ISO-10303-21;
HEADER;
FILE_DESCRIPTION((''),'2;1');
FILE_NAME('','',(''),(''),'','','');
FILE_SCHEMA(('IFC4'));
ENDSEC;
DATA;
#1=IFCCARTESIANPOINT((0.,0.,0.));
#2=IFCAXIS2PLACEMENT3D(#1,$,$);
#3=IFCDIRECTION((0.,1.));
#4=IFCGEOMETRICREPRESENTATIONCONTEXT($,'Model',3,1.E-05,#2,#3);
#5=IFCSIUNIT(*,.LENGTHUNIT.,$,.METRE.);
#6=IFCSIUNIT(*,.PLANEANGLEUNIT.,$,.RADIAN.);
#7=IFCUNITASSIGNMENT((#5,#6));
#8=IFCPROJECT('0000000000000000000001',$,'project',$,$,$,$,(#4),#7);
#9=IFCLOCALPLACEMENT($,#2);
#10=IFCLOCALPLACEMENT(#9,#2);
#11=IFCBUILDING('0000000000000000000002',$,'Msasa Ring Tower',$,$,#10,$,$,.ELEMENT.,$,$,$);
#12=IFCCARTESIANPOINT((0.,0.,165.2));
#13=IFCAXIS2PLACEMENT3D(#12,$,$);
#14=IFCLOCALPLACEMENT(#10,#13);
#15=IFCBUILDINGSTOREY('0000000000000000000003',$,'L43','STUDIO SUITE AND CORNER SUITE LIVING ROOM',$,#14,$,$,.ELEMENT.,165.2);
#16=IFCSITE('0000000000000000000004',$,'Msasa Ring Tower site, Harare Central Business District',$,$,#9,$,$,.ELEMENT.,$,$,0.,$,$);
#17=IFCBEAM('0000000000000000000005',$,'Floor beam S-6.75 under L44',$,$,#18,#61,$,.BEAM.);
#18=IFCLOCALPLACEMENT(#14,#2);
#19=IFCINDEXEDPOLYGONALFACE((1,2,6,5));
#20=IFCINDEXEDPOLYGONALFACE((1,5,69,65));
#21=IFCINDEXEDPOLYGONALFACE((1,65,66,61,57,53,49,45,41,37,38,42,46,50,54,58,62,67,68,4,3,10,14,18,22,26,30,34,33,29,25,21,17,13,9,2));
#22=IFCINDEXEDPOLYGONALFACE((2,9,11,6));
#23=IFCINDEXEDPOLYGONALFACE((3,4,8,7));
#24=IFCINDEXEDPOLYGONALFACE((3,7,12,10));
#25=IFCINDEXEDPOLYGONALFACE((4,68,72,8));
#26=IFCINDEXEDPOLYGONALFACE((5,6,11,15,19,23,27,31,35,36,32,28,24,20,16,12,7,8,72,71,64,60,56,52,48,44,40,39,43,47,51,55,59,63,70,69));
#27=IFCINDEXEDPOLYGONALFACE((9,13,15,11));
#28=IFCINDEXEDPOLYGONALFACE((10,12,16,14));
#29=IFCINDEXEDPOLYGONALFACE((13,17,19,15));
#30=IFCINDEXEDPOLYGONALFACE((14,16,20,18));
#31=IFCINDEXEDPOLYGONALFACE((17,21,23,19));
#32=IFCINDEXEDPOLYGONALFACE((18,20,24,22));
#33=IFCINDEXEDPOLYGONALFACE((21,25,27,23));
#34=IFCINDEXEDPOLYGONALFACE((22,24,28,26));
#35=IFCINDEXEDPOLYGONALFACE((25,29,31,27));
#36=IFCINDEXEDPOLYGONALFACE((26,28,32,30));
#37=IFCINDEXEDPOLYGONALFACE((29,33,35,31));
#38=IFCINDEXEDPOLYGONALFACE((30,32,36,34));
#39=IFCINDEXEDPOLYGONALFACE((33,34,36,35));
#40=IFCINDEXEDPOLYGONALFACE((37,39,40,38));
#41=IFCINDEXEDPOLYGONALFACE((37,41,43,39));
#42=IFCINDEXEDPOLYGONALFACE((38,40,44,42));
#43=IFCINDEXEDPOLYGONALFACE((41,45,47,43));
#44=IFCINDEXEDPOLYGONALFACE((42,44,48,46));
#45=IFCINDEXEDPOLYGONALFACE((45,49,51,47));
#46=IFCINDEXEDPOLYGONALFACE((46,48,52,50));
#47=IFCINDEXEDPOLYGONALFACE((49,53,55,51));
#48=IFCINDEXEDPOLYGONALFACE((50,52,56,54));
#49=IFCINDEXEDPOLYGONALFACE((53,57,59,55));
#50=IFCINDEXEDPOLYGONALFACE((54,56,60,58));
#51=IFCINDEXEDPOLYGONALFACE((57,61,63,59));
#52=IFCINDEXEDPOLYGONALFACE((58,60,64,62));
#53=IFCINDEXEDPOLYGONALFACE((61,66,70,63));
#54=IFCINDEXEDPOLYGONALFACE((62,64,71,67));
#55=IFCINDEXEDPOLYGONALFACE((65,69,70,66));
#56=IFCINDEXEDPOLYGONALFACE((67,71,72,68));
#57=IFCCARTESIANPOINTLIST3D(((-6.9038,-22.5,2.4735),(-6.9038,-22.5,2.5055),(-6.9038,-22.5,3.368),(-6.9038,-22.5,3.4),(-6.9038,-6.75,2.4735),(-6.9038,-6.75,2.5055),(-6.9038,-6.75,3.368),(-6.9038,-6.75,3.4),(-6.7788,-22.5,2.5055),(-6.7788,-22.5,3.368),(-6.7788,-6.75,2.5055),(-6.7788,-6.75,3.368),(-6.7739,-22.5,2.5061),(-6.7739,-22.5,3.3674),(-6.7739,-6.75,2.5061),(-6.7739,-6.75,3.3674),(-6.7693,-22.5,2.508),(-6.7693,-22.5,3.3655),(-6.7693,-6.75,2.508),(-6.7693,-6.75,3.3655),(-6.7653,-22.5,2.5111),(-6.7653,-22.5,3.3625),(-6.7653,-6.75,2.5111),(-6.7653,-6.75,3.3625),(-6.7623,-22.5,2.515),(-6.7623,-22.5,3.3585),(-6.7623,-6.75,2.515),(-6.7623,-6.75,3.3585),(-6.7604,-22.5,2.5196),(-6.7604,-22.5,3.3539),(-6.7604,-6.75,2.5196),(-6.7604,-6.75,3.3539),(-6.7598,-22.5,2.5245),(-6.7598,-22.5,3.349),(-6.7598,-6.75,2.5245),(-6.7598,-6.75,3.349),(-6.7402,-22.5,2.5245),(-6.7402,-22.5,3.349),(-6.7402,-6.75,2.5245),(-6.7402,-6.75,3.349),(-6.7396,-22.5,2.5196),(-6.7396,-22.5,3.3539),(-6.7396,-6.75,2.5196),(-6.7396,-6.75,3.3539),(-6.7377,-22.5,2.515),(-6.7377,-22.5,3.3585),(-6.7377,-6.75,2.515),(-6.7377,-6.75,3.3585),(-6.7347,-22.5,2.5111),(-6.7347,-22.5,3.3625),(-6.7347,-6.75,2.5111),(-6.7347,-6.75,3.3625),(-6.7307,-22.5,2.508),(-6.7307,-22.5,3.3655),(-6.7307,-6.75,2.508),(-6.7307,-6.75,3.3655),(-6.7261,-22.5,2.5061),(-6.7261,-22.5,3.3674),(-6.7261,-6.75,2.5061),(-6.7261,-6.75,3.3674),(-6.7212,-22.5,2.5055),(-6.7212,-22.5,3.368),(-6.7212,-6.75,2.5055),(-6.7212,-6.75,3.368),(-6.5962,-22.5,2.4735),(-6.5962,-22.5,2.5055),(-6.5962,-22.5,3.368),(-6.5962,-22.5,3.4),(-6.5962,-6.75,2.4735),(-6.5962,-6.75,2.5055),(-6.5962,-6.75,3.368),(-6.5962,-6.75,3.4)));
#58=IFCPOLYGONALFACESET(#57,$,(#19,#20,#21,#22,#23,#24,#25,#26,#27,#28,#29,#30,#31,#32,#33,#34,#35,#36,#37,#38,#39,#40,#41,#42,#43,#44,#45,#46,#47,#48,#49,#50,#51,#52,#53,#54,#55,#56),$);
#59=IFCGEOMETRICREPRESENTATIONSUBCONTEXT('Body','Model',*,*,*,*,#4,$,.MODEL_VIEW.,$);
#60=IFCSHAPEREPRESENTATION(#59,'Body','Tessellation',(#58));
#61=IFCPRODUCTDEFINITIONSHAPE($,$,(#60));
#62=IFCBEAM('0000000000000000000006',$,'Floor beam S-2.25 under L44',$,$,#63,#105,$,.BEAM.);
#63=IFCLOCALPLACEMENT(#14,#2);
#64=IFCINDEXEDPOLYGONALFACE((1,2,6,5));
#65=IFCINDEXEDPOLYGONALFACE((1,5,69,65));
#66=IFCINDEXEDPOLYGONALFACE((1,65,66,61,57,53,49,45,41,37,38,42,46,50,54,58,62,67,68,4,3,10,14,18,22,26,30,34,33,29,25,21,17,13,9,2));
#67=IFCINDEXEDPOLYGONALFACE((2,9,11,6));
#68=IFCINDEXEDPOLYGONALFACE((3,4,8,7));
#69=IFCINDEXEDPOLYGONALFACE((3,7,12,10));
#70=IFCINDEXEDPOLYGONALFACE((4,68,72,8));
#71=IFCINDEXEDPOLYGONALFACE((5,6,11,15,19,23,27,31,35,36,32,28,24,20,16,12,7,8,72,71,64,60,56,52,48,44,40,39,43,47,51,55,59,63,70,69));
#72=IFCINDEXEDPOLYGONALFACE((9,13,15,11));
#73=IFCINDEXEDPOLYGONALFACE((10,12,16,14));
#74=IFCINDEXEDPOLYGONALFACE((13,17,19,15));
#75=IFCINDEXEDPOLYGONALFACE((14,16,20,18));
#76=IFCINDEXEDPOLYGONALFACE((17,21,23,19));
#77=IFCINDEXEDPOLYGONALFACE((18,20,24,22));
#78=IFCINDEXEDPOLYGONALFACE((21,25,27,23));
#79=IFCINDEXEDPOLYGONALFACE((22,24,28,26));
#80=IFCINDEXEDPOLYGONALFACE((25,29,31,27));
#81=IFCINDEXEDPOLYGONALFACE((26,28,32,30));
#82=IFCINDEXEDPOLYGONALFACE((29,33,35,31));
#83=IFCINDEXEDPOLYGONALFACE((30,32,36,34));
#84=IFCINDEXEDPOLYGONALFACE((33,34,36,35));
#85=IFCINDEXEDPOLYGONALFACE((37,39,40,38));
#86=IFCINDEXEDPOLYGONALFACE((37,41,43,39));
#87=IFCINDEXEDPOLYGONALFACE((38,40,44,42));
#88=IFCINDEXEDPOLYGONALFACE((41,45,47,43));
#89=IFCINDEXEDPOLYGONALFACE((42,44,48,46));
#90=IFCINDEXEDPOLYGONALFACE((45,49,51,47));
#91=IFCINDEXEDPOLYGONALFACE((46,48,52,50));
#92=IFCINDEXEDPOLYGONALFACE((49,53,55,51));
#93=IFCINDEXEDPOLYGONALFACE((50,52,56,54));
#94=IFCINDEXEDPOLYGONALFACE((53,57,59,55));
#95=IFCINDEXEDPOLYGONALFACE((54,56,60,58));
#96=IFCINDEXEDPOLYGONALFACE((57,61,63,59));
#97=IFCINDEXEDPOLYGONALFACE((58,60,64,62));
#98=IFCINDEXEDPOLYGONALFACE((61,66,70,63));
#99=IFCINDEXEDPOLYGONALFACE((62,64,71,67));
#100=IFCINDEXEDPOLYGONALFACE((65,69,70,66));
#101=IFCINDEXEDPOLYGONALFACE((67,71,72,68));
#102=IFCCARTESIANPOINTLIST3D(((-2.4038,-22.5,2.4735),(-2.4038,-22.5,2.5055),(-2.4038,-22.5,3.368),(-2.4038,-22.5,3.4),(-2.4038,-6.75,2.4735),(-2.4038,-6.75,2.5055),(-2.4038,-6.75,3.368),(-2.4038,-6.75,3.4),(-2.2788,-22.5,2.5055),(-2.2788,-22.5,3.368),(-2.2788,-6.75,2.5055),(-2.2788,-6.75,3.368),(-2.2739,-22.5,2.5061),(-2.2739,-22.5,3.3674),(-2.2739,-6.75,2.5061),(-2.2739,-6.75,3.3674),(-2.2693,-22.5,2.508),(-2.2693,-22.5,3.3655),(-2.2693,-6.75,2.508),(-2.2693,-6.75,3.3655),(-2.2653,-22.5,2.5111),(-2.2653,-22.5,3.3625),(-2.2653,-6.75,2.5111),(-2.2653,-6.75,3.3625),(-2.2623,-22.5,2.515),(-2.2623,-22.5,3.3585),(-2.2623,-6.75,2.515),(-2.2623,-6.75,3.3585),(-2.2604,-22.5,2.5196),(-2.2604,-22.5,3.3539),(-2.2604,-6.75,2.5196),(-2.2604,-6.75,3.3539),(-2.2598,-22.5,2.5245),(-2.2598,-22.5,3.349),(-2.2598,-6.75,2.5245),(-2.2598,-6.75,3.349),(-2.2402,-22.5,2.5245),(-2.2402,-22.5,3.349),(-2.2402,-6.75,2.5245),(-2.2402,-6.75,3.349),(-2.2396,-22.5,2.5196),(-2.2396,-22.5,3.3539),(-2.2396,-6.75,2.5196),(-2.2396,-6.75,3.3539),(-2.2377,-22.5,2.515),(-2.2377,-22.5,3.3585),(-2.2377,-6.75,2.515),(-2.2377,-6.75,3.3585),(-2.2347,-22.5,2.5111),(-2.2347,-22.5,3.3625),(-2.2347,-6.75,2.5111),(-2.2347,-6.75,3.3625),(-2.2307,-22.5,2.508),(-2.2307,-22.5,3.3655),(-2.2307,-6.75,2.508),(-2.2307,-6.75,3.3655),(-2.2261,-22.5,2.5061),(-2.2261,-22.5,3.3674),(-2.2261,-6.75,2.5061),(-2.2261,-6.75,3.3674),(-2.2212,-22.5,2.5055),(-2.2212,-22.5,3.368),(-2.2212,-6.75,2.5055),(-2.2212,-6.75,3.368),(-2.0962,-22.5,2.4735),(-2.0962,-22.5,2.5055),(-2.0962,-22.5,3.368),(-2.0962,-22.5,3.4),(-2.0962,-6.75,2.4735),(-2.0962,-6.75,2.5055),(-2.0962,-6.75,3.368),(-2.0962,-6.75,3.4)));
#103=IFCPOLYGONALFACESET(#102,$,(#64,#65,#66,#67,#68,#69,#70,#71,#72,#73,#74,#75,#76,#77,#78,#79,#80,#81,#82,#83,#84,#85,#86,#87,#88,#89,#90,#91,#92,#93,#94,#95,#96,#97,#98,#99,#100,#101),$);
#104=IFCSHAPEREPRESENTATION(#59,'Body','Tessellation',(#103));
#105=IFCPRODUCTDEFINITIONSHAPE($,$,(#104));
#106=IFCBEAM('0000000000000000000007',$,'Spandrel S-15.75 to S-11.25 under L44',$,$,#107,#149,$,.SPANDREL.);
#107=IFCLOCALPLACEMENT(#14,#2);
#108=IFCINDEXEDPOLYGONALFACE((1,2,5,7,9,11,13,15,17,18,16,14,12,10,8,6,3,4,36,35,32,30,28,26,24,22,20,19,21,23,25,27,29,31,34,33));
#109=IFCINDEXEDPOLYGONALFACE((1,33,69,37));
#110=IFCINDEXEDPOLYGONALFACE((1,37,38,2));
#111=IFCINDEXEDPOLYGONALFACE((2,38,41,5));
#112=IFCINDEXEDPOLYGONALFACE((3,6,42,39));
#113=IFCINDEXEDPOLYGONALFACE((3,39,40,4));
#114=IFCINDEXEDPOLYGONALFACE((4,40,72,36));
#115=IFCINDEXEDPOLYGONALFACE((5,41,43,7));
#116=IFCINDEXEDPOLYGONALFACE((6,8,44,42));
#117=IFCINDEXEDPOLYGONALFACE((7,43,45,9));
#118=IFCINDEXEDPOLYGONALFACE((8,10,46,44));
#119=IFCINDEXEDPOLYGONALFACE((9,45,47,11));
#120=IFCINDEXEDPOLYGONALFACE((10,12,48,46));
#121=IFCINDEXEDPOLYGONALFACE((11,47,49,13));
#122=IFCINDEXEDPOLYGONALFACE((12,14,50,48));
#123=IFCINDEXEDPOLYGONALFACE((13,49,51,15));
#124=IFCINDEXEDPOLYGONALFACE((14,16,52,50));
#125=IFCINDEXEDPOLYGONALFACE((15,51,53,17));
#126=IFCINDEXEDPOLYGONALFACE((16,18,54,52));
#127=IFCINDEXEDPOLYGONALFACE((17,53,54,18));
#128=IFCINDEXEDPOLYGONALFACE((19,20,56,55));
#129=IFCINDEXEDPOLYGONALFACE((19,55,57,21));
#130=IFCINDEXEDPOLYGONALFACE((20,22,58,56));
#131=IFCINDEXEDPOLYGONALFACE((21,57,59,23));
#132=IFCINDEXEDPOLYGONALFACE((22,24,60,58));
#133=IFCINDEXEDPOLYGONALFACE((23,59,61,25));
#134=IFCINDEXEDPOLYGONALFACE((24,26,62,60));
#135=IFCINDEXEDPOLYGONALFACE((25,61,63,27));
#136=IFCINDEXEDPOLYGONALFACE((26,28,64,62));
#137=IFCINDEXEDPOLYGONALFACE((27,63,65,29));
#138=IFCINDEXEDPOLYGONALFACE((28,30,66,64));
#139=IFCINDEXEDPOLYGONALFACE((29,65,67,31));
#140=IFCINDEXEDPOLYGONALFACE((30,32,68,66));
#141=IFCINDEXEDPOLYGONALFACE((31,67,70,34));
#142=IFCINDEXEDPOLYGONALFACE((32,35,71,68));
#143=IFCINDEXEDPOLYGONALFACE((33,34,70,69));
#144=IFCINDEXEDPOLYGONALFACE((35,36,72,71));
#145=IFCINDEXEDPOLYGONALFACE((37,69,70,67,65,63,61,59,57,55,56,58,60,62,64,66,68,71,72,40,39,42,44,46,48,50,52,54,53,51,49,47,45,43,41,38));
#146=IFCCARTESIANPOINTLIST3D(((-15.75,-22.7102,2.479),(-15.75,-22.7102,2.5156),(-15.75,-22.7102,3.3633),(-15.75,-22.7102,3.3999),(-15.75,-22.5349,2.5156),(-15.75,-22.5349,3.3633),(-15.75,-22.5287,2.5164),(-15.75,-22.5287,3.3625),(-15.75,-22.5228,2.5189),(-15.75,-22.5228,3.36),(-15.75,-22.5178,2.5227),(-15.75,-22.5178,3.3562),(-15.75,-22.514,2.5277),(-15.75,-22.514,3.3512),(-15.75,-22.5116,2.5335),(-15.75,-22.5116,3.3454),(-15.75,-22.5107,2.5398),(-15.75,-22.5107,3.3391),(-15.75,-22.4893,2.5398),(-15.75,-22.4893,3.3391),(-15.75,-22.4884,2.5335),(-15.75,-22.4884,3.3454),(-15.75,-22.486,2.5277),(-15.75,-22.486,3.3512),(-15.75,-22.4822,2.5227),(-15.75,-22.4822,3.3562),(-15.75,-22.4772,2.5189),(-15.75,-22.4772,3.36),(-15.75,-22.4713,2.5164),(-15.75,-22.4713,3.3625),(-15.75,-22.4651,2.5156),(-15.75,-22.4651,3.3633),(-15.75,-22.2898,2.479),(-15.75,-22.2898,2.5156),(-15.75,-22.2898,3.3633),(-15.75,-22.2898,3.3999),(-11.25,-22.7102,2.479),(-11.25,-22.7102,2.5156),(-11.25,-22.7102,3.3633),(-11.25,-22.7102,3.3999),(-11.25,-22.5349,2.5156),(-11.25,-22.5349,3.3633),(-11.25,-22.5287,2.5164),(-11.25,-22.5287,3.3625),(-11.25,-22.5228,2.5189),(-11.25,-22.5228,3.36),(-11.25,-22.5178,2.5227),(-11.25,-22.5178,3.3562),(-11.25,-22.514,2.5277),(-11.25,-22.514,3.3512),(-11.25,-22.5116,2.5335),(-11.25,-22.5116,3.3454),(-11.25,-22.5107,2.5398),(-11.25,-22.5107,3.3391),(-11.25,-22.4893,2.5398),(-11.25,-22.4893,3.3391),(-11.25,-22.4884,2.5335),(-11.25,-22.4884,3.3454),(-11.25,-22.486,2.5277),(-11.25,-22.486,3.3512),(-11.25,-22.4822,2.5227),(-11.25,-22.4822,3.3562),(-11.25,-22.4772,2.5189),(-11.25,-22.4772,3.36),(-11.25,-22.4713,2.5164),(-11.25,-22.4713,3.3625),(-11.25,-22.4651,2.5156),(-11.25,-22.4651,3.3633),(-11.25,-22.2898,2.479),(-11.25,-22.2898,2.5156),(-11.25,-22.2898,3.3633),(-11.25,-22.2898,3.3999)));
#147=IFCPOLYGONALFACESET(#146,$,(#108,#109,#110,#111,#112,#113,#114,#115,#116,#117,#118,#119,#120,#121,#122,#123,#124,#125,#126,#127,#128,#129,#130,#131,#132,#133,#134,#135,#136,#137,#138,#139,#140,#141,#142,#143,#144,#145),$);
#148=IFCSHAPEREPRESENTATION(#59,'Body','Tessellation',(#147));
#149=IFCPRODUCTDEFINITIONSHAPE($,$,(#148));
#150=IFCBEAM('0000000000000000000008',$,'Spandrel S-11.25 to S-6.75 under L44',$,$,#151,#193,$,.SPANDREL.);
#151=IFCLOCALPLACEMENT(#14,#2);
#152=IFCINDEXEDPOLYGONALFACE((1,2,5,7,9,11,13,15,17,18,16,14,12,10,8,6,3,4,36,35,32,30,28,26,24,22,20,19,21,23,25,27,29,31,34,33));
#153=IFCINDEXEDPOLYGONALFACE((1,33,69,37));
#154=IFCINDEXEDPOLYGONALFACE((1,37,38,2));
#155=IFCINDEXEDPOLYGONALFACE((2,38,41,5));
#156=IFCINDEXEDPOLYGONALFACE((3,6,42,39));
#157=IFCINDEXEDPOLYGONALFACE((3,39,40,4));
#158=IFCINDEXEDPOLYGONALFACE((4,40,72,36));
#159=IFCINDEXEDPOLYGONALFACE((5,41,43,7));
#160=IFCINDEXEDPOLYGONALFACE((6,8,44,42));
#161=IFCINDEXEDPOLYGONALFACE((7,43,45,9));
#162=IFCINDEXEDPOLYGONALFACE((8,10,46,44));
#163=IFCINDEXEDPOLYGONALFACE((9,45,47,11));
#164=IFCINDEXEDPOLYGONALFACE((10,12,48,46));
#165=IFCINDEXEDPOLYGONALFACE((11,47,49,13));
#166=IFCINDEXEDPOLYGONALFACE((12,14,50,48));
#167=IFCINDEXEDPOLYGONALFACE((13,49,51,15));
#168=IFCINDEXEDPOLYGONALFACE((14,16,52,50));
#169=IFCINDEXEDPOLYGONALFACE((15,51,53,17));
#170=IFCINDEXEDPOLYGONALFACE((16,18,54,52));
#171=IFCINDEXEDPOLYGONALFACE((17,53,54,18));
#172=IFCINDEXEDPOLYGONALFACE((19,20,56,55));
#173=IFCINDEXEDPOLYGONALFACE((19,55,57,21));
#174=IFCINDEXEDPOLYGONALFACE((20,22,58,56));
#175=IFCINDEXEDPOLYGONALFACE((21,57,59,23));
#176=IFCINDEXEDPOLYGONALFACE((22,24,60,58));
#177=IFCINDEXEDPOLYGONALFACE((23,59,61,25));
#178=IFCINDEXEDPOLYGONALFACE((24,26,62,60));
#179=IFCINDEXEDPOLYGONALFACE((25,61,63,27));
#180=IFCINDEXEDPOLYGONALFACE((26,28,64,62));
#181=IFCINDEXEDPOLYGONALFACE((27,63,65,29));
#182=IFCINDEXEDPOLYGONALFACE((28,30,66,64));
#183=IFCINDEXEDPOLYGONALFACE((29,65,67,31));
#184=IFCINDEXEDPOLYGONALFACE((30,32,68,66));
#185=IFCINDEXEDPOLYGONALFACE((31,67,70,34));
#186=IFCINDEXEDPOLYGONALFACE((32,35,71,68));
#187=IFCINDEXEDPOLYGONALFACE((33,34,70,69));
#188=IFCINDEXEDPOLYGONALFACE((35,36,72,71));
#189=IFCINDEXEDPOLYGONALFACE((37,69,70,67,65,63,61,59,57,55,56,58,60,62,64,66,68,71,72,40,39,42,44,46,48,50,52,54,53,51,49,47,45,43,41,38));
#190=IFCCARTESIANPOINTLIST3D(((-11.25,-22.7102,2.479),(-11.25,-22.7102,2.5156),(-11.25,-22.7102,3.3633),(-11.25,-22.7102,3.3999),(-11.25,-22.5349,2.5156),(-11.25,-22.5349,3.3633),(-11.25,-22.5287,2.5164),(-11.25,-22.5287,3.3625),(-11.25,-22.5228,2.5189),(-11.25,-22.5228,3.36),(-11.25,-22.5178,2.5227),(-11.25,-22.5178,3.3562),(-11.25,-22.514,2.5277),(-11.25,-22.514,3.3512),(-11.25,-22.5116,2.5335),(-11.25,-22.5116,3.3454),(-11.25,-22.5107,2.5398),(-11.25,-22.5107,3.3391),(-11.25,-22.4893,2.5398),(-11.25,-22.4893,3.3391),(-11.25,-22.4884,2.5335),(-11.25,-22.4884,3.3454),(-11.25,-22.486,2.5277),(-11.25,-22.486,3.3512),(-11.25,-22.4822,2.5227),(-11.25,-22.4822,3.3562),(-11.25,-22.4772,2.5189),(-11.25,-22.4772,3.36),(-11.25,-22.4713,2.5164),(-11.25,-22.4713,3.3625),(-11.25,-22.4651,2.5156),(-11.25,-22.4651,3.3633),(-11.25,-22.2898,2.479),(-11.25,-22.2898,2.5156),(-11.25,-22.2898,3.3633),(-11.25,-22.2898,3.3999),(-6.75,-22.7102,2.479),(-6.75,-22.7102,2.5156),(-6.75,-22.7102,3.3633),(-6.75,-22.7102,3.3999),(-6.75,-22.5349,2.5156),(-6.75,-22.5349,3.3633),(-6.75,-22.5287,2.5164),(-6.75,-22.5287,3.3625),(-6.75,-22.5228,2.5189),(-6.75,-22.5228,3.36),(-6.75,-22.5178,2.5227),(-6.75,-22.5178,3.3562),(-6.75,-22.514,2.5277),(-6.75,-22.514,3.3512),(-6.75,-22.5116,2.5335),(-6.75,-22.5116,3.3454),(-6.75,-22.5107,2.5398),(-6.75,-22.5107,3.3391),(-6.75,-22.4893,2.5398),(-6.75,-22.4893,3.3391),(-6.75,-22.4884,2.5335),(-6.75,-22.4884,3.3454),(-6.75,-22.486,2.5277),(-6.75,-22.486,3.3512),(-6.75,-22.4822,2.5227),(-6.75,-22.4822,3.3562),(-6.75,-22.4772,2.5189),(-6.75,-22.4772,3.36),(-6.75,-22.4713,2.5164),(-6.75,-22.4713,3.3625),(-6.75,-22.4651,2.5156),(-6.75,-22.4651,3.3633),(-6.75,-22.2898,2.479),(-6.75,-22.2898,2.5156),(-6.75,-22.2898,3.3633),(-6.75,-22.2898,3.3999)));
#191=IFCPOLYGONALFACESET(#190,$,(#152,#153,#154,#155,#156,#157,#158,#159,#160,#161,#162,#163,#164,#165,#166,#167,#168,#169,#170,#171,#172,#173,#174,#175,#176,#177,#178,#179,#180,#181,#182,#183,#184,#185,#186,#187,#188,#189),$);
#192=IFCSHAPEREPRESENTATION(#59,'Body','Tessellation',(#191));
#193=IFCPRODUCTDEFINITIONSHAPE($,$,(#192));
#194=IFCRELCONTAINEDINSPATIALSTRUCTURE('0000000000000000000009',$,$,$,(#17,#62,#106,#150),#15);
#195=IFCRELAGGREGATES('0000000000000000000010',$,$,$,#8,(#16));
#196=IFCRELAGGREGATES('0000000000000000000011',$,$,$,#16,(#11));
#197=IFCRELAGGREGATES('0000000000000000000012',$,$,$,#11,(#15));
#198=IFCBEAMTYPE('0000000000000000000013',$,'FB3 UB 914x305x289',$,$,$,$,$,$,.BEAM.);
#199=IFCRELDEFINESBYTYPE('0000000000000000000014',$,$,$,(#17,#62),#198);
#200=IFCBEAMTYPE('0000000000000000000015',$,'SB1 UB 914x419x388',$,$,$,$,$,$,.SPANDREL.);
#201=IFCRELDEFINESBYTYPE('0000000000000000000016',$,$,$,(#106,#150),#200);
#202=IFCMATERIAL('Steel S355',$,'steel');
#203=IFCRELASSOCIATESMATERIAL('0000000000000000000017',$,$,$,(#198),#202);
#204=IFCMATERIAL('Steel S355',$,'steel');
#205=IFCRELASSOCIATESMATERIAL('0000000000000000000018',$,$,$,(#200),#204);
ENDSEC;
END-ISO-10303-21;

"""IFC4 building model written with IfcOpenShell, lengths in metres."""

from ifc_helpers import new_model, si_unit, direction, frame, origin, origin_2d, place, context, subcontext, project, spatial, i_section, extrude, material, material_profile, profile_set, type_object, element, save


model = new_model("IFC4")

# Units and contexts
model_context = context("Model", 3, precision=1e-05, world=origin(), true_north=direction((0.0, 1.0)))
body_context = subcontext(model_context, "Body", "Model", "MODEL_VIEW")
ifc_project = project(units=[si_unit("LENGTHUNIT", "METRE"), si_unit("PLANEANGLEUNIT", "RADIAN")], contexts=[model_context])

# Site, building, storey
site_placement = place(None, origin())
site = spatial("IfcSite", under=ifc_project, at=site_placement, Name="Msasa Ring Tower site, Harare Central Business District", CompositionType="ELEMENT", RefElevation=0.0)
building_placement = place(site_placement, origin())
building = spatial("IfcBuilding", under=site, at=building_placement, Name="Msasa Ring Tower", CompositionType="ELEMENT")
storey_placement = place(building_placement, frame((0.0, 0.0, 165.2)))
storey = spatial("IfcBuildingStorey", under=building, at=storey_placement, Name="L43", Description="STUDIO SUITE AND CORNER SUITE LIVING ROOM", CompositionType="ELEMENT", Elevation=165.2)

# Beams
ifc_material_1 = material(Name="Steel S355", Category="steel")
ifc_material_profile_1 = material_profile(ifc_material_1, i_section(OverallWidth=0.3076, OverallDepth=0.9265, WebThickness=0.0195, FlangeThickness=0.032, FilletRadius=0.019, at=origin_2d()), Name="UB 914x305x289")
ifc_profile_set_1 = profile_set([ifc_material_profile_1], Name="Steel S355")
beam_type_1 = type_object("IfcBeamType", Name="FB3 UB 914x305x289", PredefinedType="BEAM", material=ifc_profile_set_1)
for number, where, z_axis, x_axis, name in (
    (1, (-6.75, -22.5, 2.9368), (0.0, 1.0, 0.0), (-1.0, 0.0, 0.0), "Floor beam S-6.75 under L44"),
    (2, (-2.25, -22.5, 2.9368), (0.0, 1.0, 0.0), (-1.0, 0.0, 0.0), "Floor beam S-2.25 under L44"),
):
    element("IfcBeam", number, at=place(storey_placement, frame(where, z_axis=z_axis, x_axis=x_axis)), inside=storey, type_object=beam_type_1, Name=name, PredefinedType="BEAM", context=body_context, shape_type="SweptSolid", body=[
        extrude(i_section(OverallWidth=0.3076, OverallDepth=0.9265, WebThickness=0.0195, FlangeThickness=0.032, FilletRadius=0.019, at=origin_2d()), origin(), (0.0, 0.0, 1.0), 15.75),
    ])
ifc_material_2 = material(Name="Steel S355", Category="steel")
ifc_material_profile_2 = material_profile(ifc_material_2, i_section(OverallWidth=0.4204, OverallDepth=0.9209, WebThickness=0.0215, FlangeThickness=0.0366, FilletRadius=0.0242, at=origin_2d()), Name="UB 914x419x388")
ifc_profile_set_2 = profile_set([ifc_material_profile_2], Name="Steel S355")
beam_type_2 = type_object("IfcBeamType", Name="SB1 UB 914x419x388", PredefinedType="SPANDREL", material=ifc_profile_set_2)
for number, where, z_axis, x_axis, name in (
    (3, (-15.75, -22.5, 2.9395), (1.0, 0.0, 0.0), (0.0, 1.0, 0.0), "Spandrel S-15.75 to S-11.25 under L44"),
    (4, (-11.25, -22.5, 2.9395), (1.0, 0.0, 0.0), (0.0, 1.0, 0.0), "Spandrel S-11.25 to S-6.75 under L44"),
):
    element("IfcBeam", number, at=place(storey_placement, frame(where, z_axis=z_axis, x_axis=x_axis)), inside=storey, type_object=beam_type_2, Name=name, PredefinedType="SPANDREL", context=body_context, shape_type="SweptSolid", body=[
        extrude(i_section(OverallWidth=0.4204, OverallDepth=0.9209, WebThickness=0.0215, FlangeThickness=0.0366, FilletRadius=0.0242, at=origin_2d()), origin(), (0.0, 0.0, 1.0), 4.5),
    ])

save(model, "model.ifc")
